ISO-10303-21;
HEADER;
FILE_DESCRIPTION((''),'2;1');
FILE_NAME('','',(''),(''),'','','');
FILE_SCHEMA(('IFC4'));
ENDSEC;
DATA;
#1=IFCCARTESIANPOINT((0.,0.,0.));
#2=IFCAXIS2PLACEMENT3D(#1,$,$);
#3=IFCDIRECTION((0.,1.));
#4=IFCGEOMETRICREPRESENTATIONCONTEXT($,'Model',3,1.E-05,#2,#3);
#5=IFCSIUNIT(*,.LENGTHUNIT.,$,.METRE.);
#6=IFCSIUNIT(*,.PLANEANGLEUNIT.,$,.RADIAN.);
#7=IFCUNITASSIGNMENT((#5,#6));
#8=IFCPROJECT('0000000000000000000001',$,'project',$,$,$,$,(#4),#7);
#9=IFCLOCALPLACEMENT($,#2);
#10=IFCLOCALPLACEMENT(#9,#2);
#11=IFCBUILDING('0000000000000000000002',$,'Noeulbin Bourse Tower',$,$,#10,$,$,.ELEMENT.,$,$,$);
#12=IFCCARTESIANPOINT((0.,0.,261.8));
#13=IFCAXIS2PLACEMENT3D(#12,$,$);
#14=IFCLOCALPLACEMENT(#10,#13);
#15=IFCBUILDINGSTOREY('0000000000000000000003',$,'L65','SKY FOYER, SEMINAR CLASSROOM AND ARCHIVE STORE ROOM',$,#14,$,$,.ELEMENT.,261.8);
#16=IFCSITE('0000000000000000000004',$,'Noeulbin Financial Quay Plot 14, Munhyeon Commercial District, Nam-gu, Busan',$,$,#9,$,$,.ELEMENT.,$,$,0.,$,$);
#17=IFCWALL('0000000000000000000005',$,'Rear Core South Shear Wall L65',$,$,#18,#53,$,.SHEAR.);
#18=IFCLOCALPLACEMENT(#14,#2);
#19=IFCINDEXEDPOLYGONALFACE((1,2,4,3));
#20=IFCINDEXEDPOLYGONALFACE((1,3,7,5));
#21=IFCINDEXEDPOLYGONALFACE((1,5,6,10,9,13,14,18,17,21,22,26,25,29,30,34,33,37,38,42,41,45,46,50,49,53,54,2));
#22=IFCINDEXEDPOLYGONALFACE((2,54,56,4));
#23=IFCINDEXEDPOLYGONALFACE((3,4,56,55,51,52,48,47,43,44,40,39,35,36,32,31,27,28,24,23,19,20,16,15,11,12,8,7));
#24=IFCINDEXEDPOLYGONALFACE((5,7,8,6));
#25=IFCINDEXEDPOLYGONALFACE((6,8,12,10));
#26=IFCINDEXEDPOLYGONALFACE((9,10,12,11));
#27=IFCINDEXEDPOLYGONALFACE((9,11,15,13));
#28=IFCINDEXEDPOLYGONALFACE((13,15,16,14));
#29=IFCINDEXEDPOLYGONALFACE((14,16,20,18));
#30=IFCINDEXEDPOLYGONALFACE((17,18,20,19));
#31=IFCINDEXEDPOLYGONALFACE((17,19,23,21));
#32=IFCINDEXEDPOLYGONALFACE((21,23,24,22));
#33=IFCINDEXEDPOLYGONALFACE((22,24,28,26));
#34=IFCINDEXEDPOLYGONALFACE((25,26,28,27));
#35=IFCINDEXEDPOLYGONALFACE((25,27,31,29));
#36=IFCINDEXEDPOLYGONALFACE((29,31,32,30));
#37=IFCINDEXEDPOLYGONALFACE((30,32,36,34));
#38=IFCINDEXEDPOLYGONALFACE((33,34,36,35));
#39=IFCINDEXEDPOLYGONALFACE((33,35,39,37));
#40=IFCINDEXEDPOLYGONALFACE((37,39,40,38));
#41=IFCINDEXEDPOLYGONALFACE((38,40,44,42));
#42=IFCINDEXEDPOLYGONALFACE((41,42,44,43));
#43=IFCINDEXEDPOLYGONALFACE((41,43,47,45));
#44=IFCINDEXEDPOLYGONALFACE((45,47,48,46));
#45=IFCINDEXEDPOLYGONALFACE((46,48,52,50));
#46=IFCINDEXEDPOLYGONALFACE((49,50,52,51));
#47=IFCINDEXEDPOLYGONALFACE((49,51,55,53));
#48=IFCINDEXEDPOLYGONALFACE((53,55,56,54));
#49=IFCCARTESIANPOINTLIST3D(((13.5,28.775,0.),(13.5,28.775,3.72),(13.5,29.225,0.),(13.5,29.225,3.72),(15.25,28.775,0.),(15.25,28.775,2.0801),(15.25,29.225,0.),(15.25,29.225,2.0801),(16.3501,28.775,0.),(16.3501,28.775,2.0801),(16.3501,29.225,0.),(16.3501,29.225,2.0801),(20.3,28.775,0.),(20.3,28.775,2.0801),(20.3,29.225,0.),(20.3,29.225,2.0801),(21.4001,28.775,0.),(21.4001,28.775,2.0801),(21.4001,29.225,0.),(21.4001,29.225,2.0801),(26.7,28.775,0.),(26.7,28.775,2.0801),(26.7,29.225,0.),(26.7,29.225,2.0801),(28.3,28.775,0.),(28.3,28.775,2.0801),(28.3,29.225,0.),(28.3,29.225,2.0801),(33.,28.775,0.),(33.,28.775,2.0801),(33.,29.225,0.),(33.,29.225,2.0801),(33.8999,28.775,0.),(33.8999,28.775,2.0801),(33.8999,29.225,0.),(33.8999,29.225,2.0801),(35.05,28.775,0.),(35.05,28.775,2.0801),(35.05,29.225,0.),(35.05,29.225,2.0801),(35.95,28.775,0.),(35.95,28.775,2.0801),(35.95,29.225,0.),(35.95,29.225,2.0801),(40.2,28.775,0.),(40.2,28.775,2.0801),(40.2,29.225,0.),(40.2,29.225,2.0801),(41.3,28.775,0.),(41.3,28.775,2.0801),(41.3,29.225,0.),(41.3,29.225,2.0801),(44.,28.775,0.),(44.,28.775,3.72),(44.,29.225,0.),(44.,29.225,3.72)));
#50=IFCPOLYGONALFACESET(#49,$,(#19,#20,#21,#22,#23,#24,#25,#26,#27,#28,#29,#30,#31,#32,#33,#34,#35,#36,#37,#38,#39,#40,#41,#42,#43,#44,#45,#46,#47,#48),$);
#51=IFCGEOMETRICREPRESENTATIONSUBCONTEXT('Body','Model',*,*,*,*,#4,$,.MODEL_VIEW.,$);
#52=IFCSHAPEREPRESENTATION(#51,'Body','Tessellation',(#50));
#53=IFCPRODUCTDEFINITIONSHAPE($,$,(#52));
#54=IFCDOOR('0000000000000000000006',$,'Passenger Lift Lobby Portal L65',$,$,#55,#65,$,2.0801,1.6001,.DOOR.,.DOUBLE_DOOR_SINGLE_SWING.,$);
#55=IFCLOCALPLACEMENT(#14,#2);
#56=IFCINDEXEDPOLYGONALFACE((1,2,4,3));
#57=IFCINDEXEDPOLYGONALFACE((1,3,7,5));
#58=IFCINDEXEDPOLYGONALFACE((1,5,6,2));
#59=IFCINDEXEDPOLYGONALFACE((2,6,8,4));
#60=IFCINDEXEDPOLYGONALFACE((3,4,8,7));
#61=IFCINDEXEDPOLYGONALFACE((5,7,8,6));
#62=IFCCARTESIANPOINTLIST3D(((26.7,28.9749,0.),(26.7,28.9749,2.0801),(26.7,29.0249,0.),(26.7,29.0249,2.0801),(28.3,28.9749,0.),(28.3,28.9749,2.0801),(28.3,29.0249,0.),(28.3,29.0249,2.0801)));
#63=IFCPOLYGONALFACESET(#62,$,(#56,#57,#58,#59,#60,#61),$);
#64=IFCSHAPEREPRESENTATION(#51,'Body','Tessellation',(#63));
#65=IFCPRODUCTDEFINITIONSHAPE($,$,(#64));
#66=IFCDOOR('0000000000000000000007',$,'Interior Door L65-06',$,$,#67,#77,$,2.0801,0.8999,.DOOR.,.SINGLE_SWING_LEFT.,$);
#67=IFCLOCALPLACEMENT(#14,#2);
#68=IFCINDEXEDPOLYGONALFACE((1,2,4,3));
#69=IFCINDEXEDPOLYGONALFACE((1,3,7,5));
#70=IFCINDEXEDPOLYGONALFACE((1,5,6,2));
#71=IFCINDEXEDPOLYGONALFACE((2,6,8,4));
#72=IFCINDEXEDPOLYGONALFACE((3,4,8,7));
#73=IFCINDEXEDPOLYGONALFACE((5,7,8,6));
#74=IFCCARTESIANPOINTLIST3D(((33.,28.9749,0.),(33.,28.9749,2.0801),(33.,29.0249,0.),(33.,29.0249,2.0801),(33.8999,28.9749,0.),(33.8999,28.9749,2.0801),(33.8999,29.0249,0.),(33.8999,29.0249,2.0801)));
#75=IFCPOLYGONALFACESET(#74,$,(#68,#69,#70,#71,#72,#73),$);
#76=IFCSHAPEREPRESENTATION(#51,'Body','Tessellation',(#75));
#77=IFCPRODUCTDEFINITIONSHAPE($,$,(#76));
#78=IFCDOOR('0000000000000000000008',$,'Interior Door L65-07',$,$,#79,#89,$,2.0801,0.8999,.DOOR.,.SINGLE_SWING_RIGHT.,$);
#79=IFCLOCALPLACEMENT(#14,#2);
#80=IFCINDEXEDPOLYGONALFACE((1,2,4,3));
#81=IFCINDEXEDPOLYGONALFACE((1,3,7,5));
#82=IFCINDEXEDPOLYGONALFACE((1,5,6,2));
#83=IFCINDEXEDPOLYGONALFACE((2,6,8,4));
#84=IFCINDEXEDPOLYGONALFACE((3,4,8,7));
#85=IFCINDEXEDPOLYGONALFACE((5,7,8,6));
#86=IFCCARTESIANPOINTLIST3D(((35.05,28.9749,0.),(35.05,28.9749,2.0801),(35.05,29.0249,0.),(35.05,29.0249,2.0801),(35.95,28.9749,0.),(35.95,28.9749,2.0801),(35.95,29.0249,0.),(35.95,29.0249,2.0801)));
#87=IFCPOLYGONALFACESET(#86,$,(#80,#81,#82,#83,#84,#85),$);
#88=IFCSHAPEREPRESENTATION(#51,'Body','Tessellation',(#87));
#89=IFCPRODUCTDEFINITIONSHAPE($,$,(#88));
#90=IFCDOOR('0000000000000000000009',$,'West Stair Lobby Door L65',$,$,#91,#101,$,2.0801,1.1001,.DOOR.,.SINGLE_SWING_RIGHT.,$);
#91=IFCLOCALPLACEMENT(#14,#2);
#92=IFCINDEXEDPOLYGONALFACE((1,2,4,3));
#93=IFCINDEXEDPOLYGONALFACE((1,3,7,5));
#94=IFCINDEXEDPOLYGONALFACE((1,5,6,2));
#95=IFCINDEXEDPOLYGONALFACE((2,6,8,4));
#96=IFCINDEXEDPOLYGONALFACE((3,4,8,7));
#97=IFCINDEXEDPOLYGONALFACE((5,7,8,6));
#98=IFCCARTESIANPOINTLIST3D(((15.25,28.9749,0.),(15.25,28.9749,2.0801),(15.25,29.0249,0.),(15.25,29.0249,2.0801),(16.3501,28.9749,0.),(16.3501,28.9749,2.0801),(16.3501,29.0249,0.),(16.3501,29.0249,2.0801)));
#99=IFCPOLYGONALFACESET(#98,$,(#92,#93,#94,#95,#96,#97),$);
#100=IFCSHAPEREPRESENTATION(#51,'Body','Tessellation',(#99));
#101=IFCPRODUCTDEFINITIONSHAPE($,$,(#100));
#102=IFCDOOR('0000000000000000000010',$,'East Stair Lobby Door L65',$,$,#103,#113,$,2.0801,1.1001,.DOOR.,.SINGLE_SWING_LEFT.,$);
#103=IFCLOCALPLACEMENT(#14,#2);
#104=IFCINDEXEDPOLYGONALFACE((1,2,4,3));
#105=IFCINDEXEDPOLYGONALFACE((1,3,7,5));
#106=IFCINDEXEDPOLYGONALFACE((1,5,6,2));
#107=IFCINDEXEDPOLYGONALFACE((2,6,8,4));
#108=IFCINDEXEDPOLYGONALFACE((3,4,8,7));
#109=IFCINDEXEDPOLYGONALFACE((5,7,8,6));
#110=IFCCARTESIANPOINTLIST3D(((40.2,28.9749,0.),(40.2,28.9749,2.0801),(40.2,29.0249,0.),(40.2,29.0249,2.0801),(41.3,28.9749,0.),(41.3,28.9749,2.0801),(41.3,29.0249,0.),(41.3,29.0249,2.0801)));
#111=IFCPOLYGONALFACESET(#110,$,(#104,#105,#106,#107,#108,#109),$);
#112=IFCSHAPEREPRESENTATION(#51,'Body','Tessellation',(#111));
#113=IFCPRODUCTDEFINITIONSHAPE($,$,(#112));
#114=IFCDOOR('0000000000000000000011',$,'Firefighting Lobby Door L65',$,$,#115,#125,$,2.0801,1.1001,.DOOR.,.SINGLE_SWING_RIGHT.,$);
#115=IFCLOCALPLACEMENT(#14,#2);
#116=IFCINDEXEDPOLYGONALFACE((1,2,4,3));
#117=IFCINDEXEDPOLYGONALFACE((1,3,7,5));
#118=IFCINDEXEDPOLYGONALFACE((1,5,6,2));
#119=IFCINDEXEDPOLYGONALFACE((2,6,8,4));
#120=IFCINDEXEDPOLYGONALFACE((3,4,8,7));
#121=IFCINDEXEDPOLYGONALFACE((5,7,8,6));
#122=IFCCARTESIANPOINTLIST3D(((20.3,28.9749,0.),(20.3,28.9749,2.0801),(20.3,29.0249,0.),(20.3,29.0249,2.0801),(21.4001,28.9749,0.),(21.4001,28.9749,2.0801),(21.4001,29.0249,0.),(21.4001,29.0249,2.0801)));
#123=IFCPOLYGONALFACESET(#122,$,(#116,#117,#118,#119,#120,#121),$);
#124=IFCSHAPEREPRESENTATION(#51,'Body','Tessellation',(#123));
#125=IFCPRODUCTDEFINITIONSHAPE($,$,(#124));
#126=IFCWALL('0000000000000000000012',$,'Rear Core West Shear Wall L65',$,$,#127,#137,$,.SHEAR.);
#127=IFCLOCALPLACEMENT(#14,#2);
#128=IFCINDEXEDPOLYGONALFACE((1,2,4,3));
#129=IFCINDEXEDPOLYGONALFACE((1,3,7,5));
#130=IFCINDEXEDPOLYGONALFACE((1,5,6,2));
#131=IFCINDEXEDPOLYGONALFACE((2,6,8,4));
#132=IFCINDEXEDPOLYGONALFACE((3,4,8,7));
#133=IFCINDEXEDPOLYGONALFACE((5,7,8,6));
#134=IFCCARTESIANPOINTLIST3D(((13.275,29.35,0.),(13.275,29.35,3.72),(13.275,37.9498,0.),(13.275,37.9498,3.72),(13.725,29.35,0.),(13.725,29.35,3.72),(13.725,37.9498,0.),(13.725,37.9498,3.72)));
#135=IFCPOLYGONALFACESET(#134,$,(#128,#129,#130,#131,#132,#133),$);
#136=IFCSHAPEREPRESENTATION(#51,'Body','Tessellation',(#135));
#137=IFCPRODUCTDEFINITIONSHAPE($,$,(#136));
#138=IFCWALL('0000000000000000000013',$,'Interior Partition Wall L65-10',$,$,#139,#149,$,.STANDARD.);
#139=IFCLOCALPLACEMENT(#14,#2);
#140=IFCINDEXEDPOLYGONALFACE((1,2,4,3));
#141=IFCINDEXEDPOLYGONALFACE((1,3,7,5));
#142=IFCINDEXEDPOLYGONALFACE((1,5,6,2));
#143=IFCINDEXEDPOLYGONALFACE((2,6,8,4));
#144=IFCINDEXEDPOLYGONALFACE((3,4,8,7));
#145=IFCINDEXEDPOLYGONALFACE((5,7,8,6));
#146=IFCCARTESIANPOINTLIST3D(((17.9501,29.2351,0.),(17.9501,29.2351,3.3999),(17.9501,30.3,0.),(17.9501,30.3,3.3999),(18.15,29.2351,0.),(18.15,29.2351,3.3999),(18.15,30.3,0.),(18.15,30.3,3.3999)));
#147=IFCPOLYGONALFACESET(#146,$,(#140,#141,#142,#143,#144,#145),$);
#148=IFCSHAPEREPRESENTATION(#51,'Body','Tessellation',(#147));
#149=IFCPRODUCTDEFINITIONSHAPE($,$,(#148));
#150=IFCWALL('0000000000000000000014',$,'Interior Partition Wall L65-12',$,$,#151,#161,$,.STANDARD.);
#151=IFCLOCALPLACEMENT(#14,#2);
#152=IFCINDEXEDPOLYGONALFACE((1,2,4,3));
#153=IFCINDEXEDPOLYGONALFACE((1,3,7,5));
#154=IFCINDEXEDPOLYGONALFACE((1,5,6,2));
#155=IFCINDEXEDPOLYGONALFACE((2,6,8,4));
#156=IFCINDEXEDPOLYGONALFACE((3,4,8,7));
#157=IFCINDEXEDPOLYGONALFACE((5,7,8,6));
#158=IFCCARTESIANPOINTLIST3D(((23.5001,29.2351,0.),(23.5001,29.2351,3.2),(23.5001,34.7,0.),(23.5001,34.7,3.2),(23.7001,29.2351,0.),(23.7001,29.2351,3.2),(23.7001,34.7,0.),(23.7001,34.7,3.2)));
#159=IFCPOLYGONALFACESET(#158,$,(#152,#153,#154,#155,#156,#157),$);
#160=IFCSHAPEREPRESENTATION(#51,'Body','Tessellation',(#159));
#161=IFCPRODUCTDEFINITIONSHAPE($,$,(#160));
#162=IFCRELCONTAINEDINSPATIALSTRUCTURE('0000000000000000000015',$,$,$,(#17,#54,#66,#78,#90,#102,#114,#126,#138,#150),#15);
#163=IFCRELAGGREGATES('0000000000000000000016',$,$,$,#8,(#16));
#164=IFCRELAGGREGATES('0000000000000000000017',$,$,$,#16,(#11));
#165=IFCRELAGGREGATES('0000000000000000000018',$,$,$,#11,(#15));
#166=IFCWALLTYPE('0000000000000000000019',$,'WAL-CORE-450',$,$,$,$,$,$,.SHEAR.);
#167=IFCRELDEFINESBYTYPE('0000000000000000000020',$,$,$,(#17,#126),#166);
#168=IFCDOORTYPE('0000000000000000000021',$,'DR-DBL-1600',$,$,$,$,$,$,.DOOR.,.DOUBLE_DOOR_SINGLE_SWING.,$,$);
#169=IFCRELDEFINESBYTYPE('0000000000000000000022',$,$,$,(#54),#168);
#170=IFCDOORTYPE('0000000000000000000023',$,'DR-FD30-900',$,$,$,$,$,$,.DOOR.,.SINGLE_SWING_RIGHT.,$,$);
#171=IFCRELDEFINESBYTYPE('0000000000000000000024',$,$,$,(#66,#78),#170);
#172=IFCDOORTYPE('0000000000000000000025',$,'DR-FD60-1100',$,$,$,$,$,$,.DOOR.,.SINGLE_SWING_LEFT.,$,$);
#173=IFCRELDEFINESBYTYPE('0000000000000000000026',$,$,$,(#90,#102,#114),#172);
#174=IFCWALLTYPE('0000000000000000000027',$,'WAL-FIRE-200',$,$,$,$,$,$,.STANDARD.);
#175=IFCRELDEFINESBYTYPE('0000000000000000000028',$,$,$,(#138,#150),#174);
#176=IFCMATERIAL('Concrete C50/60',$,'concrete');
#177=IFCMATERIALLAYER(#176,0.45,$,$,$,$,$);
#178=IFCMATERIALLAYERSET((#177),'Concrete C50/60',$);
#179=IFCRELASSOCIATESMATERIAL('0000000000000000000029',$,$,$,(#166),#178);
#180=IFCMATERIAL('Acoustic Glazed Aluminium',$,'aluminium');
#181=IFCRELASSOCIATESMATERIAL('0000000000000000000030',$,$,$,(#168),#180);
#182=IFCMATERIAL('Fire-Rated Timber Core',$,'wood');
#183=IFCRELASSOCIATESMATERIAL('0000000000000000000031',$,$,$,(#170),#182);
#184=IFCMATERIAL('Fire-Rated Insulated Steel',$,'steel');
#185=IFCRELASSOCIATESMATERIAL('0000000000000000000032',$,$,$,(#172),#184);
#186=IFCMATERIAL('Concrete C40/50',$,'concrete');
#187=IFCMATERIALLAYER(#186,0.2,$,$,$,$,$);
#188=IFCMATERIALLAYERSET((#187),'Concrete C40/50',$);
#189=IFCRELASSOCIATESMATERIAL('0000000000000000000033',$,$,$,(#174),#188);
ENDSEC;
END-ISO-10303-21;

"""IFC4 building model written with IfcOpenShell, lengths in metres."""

from ifc_helpers import new_model, si_unit, direction, frame, frame_2d, origin, place, context, subcontext, project, spatial, rectangle, extrude, material, layer, layer_set, type_object, element, fill, save


model = new_model("IFC4")

# Units and contexts
model_context = context("Model", 3, precision=1e-05, world=origin(), true_north=direction((0.0, 1.0)))
body_context = subcontext(model_context, "Body", "Model", "MODEL_VIEW")
ifc_project = project(units=[si_unit("LENGTHUNIT", "METRE"), si_unit("PLANEANGLEUNIT", "RADIAN")], contexts=[model_context])

# Site, building, storey
site_placement = place(None, origin())
site = spatial("IfcSite", under=ifc_project, at=site_placement, Name="Noeulbin Financial Quay Plot 14, Munhyeon Commercial District, Nam-gu, Busan", CompositionType="ELEMENT", RefElevation=0.0)
building_placement = place(site_placement, origin())
building = spatial("IfcBuilding", under=site, at=building_placement, Name="Noeulbin Bourse Tower", CompositionType="ELEMENT")
storey_placement = place(building_placement, frame((0.0, 0.0, 261.8)))
storey = spatial("IfcBuildingStorey", under=building, at=storey_placement, Name="L65", Description="SKY FOYER, SEMINAR CLASSROOM AND ARCHIVE STORE ROOM", CompositionType="ELEMENT", Elevation=261.8)

# Wall, openings, doors
ifc_material_1 = material(Name="Concrete C50/60", Category="concrete")
ifc_layer_1 = layer(ifc_material_1, 0.45)
ifc_layer_set_1 = layer_set([ifc_layer_1], Name="Concrete C50/60")
wall_type_1 = type_object("IfcWallType", Name="WAL-CORE-450", PredefinedType="SHEAR", material=ifc_layer_set_1)
wall_1_placement = place(storey_placement, frame((13.5, 29.0, 0.0), z_axis=(0.0, 0.0, 1.0), x_axis=(1.0, 0.0, 0.0)))
wall_1 = element("IfcWall", 1, at=wall_1_placement, inside=storey, type_object=wall_type_1, Name="Rear Core South Shear Wall L65", PredefinedType="SHEAR", context=body_context, shape_type="SweptSolid", body=[
    extrude(rectangle(XDim=30.5, YDim=0.45, at=frame_2d((15.25, 0.0))), origin(), (0.0, 0.0, 1.0), 3.72),
])
opening_1_placement = place(wall_1_placement, frame((1.75, 0.0, 0.0)))
opening_1 = element("IfcOpeningElement", 2, at=opening_1_placement, cuts=wall_1, PredefinedType="OPENING", context=body_context, shape_type="SweptSolid", body=[
    extrude(rectangle(XDim=1.1001, YDim=2.0801, at=frame_2d((0.55, 1.04))), frame((0.0, 0.2349, 0.0), z_axis=(0.0, -1.0, 0.0), x_axis=(1.0, 0.0, 0.0)), (0.0, 0.0, 1.0), 0.47),
])
opening_2_placement = place(wall_1_placement, frame((26.7, 0.0, 0.0)))
opening_2 = element("IfcOpeningElement", 3, at=opening_2_placement, cuts=wall_1, PredefinedType="OPENING", context=body_context, shape_type="SweptSolid", body=[
    extrude(rectangle(XDim=1.1001, YDim=2.0801, at=frame_2d((0.55, 1.04))), frame((0.0, 0.2349, 0.0), z_axis=(0.0, -1.0, 0.0), x_axis=(1.0, 0.0, 0.0)), (0.0, 0.0, 1.0), 0.47),
])
opening_3_placement = place(wall_1_placement, frame((6.8, 0.0, 0.0)))
opening_3 = element("IfcOpeningElement", 4, at=opening_3_placement, cuts=wall_1, PredefinedType="OPENING", context=body_context, shape_type="SweptSolid", body=[
    extrude(rectangle(XDim=1.1001, YDim=2.0801, at=frame_2d((0.55, 1.04))), frame((0.0, 0.2349, 0.0), z_axis=(0.0, -1.0, 0.0), x_axis=(1.0, 0.0, 0.0)), (0.0, 0.0, 1.0), 0.47),
])
opening_4_placement = place(wall_1_placement, frame((13.2, 0.0, 0.0)))
opening_4 = element("IfcOpeningElement", 5, at=opening_4_placement, cuts=wall_1, PredefinedType="OPENING", context=body_context, shape_type="SweptSolid", body=[
    extrude(rectangle(XDim=1.6001, YDim=2.0801, at=frame_2d((0.8, 1.04))), frame((0.0, 0.2349, 0.0), z_axis=(0.0, -1.0, 0.0), x_axis=(1.0, 0.0, 0.0)), (0.0, 0.0, 1.0), 0.47),
])
opening_5_placement = place(wall_1_placement, frame((19.5, 0.0, 0.0)))
opening_5 = element("IfcOpeningElement", 6, at=opening_5_placement, cuts=wall_1, PredefinedType="OPENING", context=body_context, shape_type="SweptSolid", body=[
    extrude(rectangle(XDim=0.8999, YDim=2.0801, at=frame_2d((0.45, 1.04))), frame((0.0, 0.2349, 0.0), z_axis=(0.0, -1.0, 0.0), x_axis=(1.0, 0.0, 0.0)), (0.0, 0.0, 1.0), 0.47),
])
opening_6_placement = place(wall_1_placement, frame((21.55, 0.0, 0.0)))
opening_6 = element("IfcOpeningElement", 7, at=opening_6_placement, cuts=wall_1, PredefinedType="OPENING", context=body_context, shape_type="SweptSolid", body=[
    extrude(rectangle(XDim=0.8999, YDim=2.0801, at=frame_2d((0.45, 1.04))), frame((0.0, 0.2349, 0.0), z_axis=(0.0, -1.0, 0.0), x_axis=(1.0, 0.0, 0.0)), (0.0, 0.0, 1.0), 0.47),
])
ifc_material_2 = material(Name="Acoustic Glazed Aluminium", Category="aluminium")
door_type_1 = type_object("IfcDoorType", Name="DR-DBL-1600", OperationType="DOUBLE_DOOR_SINGLE_SWING", PredefinedType="DOOR", material=ifc_material_2)
door_1_placement = place(opening_4_placement, origin())
door_1 = element("IfcDoor", 8, at=door_1_placement, inside=storey, type_object=door_type_1, Name="Passenger Lift Lobby Portal L65", OperationType="DOUBLE_DOOR_SINGLE_SWING", OverallHeight=2.0801, OverallWidth=1.6001, PredefinedType="DOOR", context=body_context, shape_type="SweptSolid", body=[
    extrude(rectangle(XDim=1.6001, YDim=2.0801, at=frame_2d((0.8, 1.04))), frame((0.0, 0.0249, 0.0), z_axis=(0.0, -1.0, 0.0), x_axis=(1.0, 0.0, 0.0)), (0.0, 0.0, 1.0), 0.05),
])
fill(opening_4, door_1)
ifc_material_3 = material(Name="Fire-Rated Timber Core", Category="wood")
door_type_2 = type_object("IfcDoorType", Name="DR-FD30-900", OperationType="SINGLE_SWING_RIGHT", PredefinedType="DOOR", material=ifc_material_3)
door_2_placement = place(opening_5_placement, origin())
door_2 = element("IfcDoor", 9, at=door_2_placement, inside=storey, type_object=door_type_2, Name="Interior Door L65-06", OperationType="SINGLE_SWING_LEFT", OverallHeight=2.0801, OverallWidth=0.8999, PredefinedType="DOOR", context=body_context, shape_type="SweptSolid", body=[
    extrude(rectangle(XDim=0.8999, YDim=2.0801, at=frame_2d((0.45, 1.04))), frame((0.0, 0.0249, 0.0), z_axis=(0.0, -1.0, 0.0), x_axis=(1.0, 0.0, 0.0)), (0.0, 0.0, 1.0), 0.05),
])
fill(opening_5, door_2)
door_3_placement = place(opening_6_placement, origin())
door_3 = element("IfcDoor", 10, at=door_3_placement, inside=storey, type_object=door_type_2, Name="Interior Door L65-07", OperationType="SINGLE_SWING_RIGHT", OverallHeight=2.0801, OverallWidth=0.8999, PredefinedType="DOOR", context=body_context, shape_type="SweptSolid", body=[
    extrude(rectangle(XDim=0.8999, YDim=2.0801, at=frame_2d((0.45, 1.04))), frame((0.0, 0.0249, 0.0), z_axis=(0.0, -1.0, 0.0), x_axis=(1.0, 0.0, 0.0)), (0.0, 0.0, 1.0), 0.05),
])
fill(opening_6, door_3)
ifc_material_4 = material(Name="Fire-Rated Insulated Steel", Category="steel")
door_type_3 = type_object("IfcDoorType", Name="DR-FD60-1100", OperationType="SINGLE_SWING_LEFT", PredefinedType="DOOR", material=ifc_material_4)
door_4_placement = place(opening_1_placement, origin())
door_4 = element("IfcDoor", 11, at=door_4_placement, inside=storey, type_object=door_type_3, Name="West Stair Lobby Door L65", OperationType="SINGLE_SWING_RIGHT", OverallHeight=2.0801, OverallWidth=1.1001, PredefinedType="DOOR", context=body_context, shape_type="SweptSolid", body=[
    extrude(rectangle(XDim=1.1001, YDim=2.0801, at=frame_2d((0.55, 1.04))), frame((0.0, 0.0249, 0.0), z_axis=(0.0, -1.0, 0.0), x_axis=(1.0, 0.0, 0.0)), (0.0, 0.0, 1.0), 0.05),
])
fill(opening_1, door_4)
door_5_placement = place(opening_2_placement, origin())
door_5 = element("IfcDoor", 12, at=door_5_placement, inside=storey, type_object=door_type_3, Name="East Stair Lobby Door L65", OperationType="SINGLE_SWING_LEFT", OverallHeight=2.0801, OverallWidth=1.1001, PredefinedType="DOOR", context=body_context, shape_type="SweptSolid", body=[
    extrude(rectangle(XDim=1.1001, YDim=2.0801, at=frame_2d((0.55, 1.04))), frame((0.0, 0.0249, 0.0), z_axis=(0.0, -1.0, 0.0), x_axis=(1.0, 0.0, 0.0)), (0.0, 0.0, 1.0), 0.05),
])
fill(opening_2, door_5)
door_6_placement = place(opening_3_placement, origin())
door_6 = element("IfcDoor", 13, at=door_6_placement, inside=storey, type_object=door_type_3, Name="Firefighting Lobby Door L65", OperationType="SINGLE_SWING_RIGHT", OverallHeight=2.0801, OverallWidth=1.1001, PredefinedType="DOOR", context=body_context, shape_type="SweptSolid", body=[
    extrude(rectangle(XDim=1.1001, YDim=2.0801, at=frame_2d((0.55, 1.04))), frame((0.0, 0.0249, 0.0), z_axis=(0.0, -1.0, 0.0), x_axis=(1.0, 0.0, 0.0)), (0.0, 0.0, 1.0), 0.05),
])
fill(opening_3, door_6)

# Walls
wall_2_placement = place(storey_placement, frame((13.5, 29.3501, 0.0), z_axis=(0.0, 0.0, 1.0), x_axis=(0.0, 1.0, 0.0)))
element("IfcWall", 14, at=wall_2_placement, inside=storey, type_object=wall_type_1, Name="Rear Core West Shear Wall L65", PredefinedType="SHEAR", context=body_context, shape_type="SweptSolid", body=[
    extrude(rectangle(XDim=8.5999, YDim=0.45, at=frame_2d((4.2998, 0.0))), origin(), (0.0, 0.0, 1.0), 3.72),
])
ifc_material_5 = material(Name="Concrete C40/50", Category="concrete")
ifc_layer_2 = layer(ifc_material_5, 0.2)
ifc_layer_set_2 = layer_set([ifc_layer_2], Name="Concrete C40/50")
wall_type_2 = type_object("IfcWallType", Name="WAL-FIRE-200", PredefinedType="STANDARD", material=ifc_layer_set_2)
wall_3_placement = place(storey_placement, frame((18.05, 29.2351, 0.0), z_axis=(0.0, 0.0, 1.0), x_axis=(0.0, 1.0, 0.0)))
element("IfcWall", 15, at=wall_3_placement, inside=storey, type_object=wall_type_2, Name="Interior Partition Wall L65-10", PredefinedType="STANDARD", context=body_context, shape_type="SweptSolid", body=[
    extrude(rectangle(XDim=1.0649, YDim=0.2, at=frame_2d((0.5325, 0.0))), origin(), (0.0, 0.0, 1.0), 3.3999),
])
wall_4_placement = place(storey_placement, frame((23.6001, 29.2351, 0.0), z_axis=(0.0, 0.0, 1.0), x_axis=(0.0, 1.0, 0.0)))
element("IfcWall", 16, at=wall_4_placement, inside=storey, type_object=wall_type_2, Name="Interior Partition Wall L65-12", PredefinedType="STANDARD", context=body_context, shape_type="SweptSolid", body=[
    extrude(rectangle(XDim=5.4648, YDim=0.2, at=frame_2d((2.7324, 0.0))), origin(), (0.0, 0.0, 1.0), 3.2),
])

save(model, "model.ifc")
